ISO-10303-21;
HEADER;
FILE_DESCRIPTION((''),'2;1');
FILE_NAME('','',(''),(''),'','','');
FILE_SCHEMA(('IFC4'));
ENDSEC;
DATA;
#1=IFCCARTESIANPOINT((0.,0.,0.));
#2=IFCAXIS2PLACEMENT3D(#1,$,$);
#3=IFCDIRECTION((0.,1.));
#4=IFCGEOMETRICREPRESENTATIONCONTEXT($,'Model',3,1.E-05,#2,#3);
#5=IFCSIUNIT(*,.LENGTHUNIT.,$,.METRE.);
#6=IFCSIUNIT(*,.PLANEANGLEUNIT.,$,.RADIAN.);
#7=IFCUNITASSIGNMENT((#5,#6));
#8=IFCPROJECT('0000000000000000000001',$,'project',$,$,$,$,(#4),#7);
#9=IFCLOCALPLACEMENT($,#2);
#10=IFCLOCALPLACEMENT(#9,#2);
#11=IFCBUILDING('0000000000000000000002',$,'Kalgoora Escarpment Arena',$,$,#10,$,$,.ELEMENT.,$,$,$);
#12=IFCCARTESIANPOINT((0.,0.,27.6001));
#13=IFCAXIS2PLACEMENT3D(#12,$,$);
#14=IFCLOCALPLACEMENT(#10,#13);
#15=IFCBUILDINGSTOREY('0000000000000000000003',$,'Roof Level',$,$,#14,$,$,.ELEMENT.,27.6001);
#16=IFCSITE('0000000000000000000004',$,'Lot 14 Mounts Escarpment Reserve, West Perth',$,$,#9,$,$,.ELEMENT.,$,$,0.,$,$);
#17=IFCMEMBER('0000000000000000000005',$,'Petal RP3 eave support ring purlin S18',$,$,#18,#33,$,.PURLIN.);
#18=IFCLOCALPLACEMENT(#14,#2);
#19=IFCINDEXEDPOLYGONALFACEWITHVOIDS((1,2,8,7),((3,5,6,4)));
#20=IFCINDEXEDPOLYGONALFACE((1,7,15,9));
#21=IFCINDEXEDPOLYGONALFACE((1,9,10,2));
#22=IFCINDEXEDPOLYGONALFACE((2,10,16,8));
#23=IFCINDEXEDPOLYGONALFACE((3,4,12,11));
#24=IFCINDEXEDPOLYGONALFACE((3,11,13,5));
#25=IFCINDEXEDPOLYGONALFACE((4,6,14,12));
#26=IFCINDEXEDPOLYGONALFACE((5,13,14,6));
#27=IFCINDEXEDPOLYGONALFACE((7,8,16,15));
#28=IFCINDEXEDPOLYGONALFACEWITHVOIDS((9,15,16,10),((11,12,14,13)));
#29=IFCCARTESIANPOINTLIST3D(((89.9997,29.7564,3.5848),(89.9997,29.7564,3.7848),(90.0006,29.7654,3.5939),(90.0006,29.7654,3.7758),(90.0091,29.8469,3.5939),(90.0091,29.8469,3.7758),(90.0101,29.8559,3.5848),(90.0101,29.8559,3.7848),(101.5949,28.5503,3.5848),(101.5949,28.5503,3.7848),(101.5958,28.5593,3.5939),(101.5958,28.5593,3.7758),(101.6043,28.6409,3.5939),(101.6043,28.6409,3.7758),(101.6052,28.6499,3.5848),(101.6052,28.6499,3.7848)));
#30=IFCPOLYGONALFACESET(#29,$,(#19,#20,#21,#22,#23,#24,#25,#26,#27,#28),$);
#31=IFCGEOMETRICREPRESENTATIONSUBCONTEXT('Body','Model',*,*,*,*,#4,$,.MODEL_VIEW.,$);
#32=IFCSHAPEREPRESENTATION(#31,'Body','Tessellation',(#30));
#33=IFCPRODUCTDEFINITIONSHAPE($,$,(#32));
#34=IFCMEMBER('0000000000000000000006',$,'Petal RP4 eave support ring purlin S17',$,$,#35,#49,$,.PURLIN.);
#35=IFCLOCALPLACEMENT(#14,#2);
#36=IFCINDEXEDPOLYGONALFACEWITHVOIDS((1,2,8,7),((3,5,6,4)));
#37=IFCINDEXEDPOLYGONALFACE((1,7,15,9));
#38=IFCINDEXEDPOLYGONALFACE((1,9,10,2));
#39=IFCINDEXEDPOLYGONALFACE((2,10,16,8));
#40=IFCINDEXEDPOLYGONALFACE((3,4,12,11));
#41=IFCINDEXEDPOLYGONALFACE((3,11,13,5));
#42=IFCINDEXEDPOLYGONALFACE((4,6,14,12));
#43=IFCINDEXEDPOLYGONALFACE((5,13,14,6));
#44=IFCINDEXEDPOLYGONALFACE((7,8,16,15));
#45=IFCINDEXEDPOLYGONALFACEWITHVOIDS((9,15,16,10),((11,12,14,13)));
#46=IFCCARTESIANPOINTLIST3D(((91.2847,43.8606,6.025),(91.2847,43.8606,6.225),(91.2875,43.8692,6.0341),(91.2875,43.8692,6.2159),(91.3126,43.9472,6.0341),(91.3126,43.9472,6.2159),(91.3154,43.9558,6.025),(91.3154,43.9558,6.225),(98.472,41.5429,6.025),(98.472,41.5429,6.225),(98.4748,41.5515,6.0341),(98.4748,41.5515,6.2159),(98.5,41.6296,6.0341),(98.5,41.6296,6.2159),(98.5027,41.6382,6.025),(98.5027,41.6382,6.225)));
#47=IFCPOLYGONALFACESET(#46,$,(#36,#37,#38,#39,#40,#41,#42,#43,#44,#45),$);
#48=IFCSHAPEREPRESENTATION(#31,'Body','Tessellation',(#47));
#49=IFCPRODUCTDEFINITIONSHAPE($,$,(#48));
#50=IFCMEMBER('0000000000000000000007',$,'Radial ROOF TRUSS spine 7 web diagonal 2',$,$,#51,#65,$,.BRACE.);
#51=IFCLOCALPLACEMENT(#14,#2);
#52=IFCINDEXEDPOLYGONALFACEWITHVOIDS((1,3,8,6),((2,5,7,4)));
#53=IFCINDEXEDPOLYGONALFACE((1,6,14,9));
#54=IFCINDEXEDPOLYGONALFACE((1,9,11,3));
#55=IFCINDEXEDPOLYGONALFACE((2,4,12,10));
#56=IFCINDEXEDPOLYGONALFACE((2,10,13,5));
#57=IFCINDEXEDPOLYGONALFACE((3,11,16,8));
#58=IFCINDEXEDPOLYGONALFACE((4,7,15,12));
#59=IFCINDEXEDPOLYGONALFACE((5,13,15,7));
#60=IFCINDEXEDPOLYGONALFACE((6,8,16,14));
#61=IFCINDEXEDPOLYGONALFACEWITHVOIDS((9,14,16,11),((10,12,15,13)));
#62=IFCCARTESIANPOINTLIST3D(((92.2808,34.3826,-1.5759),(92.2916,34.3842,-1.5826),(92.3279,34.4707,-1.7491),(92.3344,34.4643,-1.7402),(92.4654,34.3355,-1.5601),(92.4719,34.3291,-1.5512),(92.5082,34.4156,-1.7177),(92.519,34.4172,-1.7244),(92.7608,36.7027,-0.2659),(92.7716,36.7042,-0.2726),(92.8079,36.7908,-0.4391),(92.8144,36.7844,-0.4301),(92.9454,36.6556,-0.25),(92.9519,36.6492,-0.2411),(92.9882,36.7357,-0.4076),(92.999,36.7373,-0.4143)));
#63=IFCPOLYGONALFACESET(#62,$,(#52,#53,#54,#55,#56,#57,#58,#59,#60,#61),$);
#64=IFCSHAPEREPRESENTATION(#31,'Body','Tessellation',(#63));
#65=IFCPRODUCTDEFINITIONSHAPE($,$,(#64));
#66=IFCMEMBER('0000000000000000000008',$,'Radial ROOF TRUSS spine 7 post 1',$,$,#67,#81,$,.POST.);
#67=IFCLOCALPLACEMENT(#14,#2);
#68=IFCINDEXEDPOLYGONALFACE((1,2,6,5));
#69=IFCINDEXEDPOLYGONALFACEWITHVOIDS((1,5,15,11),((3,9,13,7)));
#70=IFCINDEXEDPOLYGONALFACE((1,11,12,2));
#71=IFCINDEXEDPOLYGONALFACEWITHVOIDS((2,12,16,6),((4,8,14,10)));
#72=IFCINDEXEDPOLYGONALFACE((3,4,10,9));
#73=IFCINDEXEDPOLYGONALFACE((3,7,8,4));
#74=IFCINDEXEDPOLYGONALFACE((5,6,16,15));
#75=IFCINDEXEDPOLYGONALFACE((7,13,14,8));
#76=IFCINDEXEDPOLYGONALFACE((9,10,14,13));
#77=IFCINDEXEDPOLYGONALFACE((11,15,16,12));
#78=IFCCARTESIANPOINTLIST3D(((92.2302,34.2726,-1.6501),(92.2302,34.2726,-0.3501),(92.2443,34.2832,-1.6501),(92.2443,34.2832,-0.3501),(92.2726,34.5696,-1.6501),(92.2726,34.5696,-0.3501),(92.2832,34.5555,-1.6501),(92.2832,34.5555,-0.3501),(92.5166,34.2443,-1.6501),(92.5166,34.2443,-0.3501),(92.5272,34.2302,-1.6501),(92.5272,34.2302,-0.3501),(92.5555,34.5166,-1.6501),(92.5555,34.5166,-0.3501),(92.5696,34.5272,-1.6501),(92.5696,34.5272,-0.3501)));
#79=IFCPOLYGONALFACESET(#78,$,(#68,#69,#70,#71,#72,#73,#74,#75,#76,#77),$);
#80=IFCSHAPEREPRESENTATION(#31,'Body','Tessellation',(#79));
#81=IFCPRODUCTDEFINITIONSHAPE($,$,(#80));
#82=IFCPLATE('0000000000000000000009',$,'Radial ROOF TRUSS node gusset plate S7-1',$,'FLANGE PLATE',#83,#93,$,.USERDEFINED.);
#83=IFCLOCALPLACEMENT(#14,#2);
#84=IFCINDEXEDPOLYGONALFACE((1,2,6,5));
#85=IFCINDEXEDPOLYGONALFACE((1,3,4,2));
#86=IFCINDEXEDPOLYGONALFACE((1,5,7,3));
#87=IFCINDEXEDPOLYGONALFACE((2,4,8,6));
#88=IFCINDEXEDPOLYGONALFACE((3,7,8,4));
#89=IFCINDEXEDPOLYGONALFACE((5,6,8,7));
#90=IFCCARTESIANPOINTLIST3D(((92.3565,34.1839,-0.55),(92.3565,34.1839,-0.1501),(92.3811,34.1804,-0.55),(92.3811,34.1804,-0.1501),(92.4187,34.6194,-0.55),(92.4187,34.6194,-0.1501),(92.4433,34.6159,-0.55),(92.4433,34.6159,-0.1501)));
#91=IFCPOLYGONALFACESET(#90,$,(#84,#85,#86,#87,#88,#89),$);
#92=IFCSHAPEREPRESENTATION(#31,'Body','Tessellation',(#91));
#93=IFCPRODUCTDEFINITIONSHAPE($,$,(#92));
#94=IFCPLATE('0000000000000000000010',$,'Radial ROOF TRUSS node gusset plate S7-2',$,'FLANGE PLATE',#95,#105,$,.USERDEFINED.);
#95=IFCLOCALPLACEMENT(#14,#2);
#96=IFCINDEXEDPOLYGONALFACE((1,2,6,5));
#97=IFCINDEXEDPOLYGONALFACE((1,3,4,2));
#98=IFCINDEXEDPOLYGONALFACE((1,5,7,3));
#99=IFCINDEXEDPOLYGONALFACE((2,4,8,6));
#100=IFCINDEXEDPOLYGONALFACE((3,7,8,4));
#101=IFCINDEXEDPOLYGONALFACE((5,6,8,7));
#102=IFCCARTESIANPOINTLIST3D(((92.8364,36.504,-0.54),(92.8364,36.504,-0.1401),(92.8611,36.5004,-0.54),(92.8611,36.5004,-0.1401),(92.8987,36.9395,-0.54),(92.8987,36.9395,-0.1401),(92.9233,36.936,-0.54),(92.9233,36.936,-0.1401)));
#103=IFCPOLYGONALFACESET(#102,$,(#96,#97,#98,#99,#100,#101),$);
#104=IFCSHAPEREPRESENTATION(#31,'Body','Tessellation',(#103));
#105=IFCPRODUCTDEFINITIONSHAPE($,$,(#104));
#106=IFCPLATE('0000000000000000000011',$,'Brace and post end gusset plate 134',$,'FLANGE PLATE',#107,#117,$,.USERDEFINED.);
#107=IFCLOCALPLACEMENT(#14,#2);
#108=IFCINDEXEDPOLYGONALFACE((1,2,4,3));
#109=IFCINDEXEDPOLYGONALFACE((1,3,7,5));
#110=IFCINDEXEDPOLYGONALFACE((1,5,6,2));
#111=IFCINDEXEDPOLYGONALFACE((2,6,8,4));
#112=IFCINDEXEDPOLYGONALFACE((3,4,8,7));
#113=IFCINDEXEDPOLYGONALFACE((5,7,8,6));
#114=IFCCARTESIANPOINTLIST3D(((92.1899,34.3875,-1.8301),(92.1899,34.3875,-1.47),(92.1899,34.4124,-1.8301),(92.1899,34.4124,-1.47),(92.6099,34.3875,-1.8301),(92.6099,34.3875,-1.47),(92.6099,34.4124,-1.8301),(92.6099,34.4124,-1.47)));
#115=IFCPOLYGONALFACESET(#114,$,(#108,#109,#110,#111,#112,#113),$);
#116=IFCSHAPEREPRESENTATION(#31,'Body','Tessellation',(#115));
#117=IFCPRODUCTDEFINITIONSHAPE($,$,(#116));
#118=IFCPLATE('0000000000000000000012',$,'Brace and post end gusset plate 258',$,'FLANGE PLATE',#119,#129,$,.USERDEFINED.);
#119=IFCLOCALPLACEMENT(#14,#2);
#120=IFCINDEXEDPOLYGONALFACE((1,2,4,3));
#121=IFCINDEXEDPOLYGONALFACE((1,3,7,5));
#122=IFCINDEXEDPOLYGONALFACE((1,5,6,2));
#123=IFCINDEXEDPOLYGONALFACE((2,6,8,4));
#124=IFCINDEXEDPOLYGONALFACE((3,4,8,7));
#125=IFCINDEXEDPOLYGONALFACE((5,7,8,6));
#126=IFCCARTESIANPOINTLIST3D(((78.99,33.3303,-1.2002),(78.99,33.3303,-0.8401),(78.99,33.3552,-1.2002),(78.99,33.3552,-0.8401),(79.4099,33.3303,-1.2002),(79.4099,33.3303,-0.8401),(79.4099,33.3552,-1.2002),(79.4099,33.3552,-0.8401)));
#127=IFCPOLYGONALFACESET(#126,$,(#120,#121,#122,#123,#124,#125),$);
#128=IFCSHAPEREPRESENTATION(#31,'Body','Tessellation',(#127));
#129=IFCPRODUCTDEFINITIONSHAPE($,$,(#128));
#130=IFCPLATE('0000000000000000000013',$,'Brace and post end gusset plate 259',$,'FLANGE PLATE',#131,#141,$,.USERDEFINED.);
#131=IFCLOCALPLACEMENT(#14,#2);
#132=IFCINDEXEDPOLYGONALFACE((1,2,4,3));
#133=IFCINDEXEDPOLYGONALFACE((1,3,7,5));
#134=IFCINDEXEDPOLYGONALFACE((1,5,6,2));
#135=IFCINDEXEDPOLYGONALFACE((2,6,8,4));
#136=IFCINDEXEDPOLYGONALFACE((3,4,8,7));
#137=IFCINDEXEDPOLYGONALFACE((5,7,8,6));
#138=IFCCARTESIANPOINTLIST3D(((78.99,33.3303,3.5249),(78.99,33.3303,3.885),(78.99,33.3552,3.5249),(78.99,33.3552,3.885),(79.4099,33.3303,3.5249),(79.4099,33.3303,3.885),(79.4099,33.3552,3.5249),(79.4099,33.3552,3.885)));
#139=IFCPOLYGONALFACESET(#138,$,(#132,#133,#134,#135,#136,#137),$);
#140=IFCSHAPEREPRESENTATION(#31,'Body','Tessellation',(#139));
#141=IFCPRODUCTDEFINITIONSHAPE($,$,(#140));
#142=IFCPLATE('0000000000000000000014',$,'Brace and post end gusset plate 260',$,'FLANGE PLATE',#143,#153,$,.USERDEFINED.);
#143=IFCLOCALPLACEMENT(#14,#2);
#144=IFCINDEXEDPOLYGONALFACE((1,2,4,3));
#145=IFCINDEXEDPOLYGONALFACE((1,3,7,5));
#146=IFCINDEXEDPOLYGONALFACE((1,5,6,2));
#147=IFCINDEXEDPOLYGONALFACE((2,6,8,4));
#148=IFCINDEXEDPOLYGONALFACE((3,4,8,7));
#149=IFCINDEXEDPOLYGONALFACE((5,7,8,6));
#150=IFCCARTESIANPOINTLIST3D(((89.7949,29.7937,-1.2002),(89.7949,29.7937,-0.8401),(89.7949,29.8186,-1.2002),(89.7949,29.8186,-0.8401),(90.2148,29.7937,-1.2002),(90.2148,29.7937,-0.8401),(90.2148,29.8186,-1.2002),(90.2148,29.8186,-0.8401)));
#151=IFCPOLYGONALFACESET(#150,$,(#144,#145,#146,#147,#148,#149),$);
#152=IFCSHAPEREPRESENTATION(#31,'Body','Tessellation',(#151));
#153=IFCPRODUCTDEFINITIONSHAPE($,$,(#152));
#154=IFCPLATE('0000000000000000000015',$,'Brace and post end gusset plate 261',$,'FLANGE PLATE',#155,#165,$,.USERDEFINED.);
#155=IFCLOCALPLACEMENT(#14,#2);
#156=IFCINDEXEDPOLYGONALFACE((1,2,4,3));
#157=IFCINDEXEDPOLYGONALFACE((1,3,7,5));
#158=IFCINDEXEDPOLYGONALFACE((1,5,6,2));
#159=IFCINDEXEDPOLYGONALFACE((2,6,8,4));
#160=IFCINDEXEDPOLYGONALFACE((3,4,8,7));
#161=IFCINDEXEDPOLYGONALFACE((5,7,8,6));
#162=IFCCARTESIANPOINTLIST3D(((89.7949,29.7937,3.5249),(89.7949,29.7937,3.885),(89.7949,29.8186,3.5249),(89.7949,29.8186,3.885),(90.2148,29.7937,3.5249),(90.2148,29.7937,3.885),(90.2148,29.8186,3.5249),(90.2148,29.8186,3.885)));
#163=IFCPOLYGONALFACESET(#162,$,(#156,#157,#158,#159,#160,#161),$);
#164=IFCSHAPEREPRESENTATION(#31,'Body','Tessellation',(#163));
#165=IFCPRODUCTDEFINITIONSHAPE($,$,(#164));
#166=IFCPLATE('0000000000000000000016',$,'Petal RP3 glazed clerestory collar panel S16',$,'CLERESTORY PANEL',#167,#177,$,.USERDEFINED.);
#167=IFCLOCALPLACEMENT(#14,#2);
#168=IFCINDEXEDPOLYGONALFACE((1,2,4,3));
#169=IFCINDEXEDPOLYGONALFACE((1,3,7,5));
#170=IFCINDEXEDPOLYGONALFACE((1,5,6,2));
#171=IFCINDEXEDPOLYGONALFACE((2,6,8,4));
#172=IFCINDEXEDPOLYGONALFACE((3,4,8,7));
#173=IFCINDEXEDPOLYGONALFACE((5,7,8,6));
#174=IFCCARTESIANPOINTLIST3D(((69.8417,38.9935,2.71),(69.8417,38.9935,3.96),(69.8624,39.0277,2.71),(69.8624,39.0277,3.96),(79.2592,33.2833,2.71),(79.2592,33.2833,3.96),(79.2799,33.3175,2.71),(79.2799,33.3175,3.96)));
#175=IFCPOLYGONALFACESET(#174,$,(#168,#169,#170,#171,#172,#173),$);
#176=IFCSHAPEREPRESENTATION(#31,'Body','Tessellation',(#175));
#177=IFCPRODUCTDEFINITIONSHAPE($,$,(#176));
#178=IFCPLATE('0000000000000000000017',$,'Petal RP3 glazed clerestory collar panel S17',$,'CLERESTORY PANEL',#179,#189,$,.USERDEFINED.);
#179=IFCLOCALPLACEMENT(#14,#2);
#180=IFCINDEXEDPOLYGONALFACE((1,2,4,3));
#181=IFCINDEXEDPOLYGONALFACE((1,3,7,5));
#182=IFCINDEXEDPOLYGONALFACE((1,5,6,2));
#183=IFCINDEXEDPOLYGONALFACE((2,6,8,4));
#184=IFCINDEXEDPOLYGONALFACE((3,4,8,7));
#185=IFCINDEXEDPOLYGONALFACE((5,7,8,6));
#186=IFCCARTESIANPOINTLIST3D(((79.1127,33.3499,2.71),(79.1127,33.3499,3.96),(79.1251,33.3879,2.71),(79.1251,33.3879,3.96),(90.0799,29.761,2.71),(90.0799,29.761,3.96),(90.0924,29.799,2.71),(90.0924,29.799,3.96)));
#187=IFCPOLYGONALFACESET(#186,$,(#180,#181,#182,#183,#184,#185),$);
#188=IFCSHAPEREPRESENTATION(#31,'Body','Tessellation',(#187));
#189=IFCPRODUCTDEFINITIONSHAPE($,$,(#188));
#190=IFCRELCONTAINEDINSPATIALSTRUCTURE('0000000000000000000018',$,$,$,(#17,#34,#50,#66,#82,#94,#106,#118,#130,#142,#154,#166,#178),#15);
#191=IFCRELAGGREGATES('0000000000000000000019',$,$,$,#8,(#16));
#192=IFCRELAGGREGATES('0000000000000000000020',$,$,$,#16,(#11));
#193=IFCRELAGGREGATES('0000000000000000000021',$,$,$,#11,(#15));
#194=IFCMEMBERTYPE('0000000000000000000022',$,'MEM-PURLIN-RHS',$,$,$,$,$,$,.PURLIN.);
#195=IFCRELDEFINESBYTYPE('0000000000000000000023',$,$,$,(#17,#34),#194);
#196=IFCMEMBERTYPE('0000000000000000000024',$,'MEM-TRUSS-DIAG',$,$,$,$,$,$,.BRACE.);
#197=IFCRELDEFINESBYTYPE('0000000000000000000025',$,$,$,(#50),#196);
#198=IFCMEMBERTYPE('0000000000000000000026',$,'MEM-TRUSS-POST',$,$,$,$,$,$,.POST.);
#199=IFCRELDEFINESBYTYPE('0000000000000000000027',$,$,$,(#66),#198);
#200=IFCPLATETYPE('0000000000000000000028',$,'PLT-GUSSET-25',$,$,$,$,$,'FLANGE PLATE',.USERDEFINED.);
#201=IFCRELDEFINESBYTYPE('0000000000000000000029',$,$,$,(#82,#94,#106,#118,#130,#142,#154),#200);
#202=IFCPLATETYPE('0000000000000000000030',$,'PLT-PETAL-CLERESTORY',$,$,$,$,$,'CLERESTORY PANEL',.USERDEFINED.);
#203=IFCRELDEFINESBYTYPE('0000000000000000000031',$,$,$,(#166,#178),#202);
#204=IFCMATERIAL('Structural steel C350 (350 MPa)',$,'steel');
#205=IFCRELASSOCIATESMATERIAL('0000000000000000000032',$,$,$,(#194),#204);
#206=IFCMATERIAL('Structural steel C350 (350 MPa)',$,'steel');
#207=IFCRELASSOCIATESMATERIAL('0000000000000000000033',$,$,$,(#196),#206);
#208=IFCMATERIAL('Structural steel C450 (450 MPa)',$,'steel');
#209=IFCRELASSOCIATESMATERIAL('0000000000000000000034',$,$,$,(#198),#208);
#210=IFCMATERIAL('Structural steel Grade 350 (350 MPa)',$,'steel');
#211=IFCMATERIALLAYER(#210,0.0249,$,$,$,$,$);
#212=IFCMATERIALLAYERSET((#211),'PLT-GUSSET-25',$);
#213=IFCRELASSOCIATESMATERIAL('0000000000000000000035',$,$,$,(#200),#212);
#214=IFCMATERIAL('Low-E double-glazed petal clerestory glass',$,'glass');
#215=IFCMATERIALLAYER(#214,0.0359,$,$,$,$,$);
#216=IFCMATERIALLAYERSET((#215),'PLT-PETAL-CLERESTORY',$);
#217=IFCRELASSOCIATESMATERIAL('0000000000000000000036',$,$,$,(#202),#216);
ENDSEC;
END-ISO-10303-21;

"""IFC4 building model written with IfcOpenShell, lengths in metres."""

from ifc_helpers import new_model, si_unit, direction, frame, origin, origin_2d, place, context, subcontext, project, spatial, rectangle, hollow_rectangle, extrude, material, layer, layer_set, material_profile, profile_set, type_object, element, save


model = new_model("IFC4")

# Units and contexts
model_context = context("Model", 3, precision=1e-05, world=origin(), true_north=direction((0.0, 1.0)))
body_context = subcontext(model_context, "Body", "Model", "MODEL_VIEW")
ifc_project = project(units=[si_unit("LENGTHUNIT", "METRE"), si_unit("PLANEANGLEUNIT", "RADIAN")], contexts=[model_context])

# Site, building, storey
site_placement = place(None, origin())
site = spatial("IfcSite", under=ifc_project, at=site_placement, Name="Lot 14 Mounts Escarpment Reserve, West Perth", CompositionType="ELEMENT", RefElevation=0.0)
building_placement = place(site_placement, origin())
building = spatial("IfcBuilding", under=site, at=building_placement, Name="Kalgoora Escarpment Arena", CompositionType="ELEMENT")
storey_placement = place(building_placement, frame((0.0, 0.0, 27.6001)))
storey = spatial("IfcBuildingStorey", under=building, at=storey_placement, Name="Roof Level", CompositionType="ELEMENT", Elevation=27.6001)

# Members
ifc_material_1 = material(Name="Structural steel C350 (350 MPa)", Category="steel")
ifc_material_profile_1 = material_profile(ifc_material_1, hollow_rectangle(XDim=0.1001, YDim=0.2, WallThickness=0.009, at=origin_2d()))
ifc_profile_set_1 = profile_set([ifc_material_profile_1], Name="Structural steel C350 (350 MPa)")
member_type_1 = type_object("IfcMemberType", Name="MEM-PURLIN-RHS", PredefinedType="PURLIN", material=ifc_profile_set_1)
member_1_placement = place(storey_placement, frame((90.0049, 29.8062, 3.6848), z_axis=(0.994634, -0.103455, 0.0), x_axis=(0.103455, 0.994634, 0.0)))
element("IfcMember", 1, at=member_1_placement, inside=storey, type_object=member_type_1, Name="Petal RP3 eave support ring purlin S18", PredefinedType="PURLIN", context=body_context, shape_type="SweptSolid", body=[
    extrude(hollow_rectangle(XDim=0.1001, YDim=0.2, WallThickness=0.009, at=origin_2d()), origin(), (0.0, 0.0, 1.0), 11.6577),
])
member_2_placement = place(storey_placement, frame((91.3, 43.9082, 6.125), z_axis=(0.951741, -0.306902, 0.0), x_axis=(0.306902, 0.951741, 0.0)))
element("IfcMember", 2, at=member_2_placement, inside=storey, type_object=member_type_1, Name="Petal RP4 eave support ring purlin S17", PredefinedType="PURLIN", context=body_context, shape_type="SweptSolid", body=[
    extrude(hollow_rectangle(XDim=0.1001, YDim=0.2, WallThickness=0.009, at=origin_2d()), origin(), (0.0, 0.0, 1.0), 7.5518),
])
ifc_material_2 = material(Name="Structural steel C350 (350 MPa)", Category="steel")
ifc_material_profile_2 = material_profile(ifc_material_2, hollow_rectangle(XDim=0.2, YDim=0.2, WallThickness=0.009, at=origin_2d()))
ifc_profile_set_2 = profile_set([ifc_material_profile_2], Name="Structural steel C350 (350 MPa)")
member_type_2 = type_object("IfcMemberType", Name="MEM-TRUSS-DIAG", PredefinedType="BRACE", material=ifc_profile_set_2)
member_3_placement = place(storey_placement, frame((92.3999, 34.3999, -1.6501), z_axis=(0.177293, 0.856975, 0.483903), x_axis=(-0.235537, -0.440455, 0.866327)))
element("IfcMember", 3, at=member_3_placement, inside=storey, type_object=member_type_2, Name="Radial ROOF TRUSS spine 7 web diagonal 2", PredefinedType="BRACE", context=body_context, shape_type="SweptSolid", body=[
    extrude(hollow_rectangle(XDim=0.2, YDim=0.2, WallThickness=0.009, at=origin_2d()), origin(), (0.0, 0.0, 1.0), 2.7073),
])
ifc_material_3 = material(Name="Structural steel C450 (450 MPa)", Category="steel")
ifc_material_profile_3 = material_profile(ifc_material_3, hollow_rectangle(XDim=0.3, YDim=0.3, WallThickness=0.0125, at=origin_2d()))
ifc_profile_set_3 = profile_set([ifc_material_profile_3], Name="Structural steel C450 (450 MPa)")
member_type_3 = type_object("IfcMemberType", Name="MEM-TRUSS-POST", PredefinedType="POST", material=ifc_profile_set_3)
member_4_placement = place(storey_placement, frame((92.3999, 34.3999, -1.6501), z_axis=(0.0, 0.0, 1.0), x_axis=(0.14142, 0.98995, 0.0)))
element("IfcMember", 4, at=member_4_placement, inside=storey, type_object=member_type_3, Name="Radial ROOF TRUSS spine 7 post 1", PredefinedType="POST", context=body_context, shape_type="SweptSolid", body=[
    extrude(hollow_rectangle(XDim=0.3, YDim=0.3, WallThickness=0.0125, at=origin_2d()), origin(), (0.0, 0.0, 1.0), 1.3),
])

# Plates
ifc_material_4 = material(Name="Structural steel Grade 350 (350 MPa)", Category="steel")
ifc_layer_1 = layer(ifc_material_4, 0.0249)
ifc_layer_set_1 = layer_set([ifc_layer_1], Name="PLT-GUSSET-25")
plate_type_1 = type_object("IfcPlateType", Name="PLT-GUSSET-25", ElementType="FLANGE PLATE", PredefinedType="USERDEFINED", material=ifc_layer_set_1)
for number, where, z_axis, x_axis, name in (
    (5, (92.3999, 34.3999, -0.55), (0.0, 0.0, 1.0), (0.14142, 0.98995, 0.0), "Radial ROOF TRUSS node gusset plate S7-1"),
    (6, (92.8799, 36.72, -0.54), (0.0, 0.0, 1.0), (0.14142, 0.98995, 0.0), "Radial ROOF TRUSS node gusset plate S7-2"),
):
    element("IfcPlate", number, at=place(storey_placement, frame(where, z_axis=z_axis, x_axis=x_axis)), inside=storey, type_object=plate_type_1, Name=name, ObjectType="FLANGE PLATE", PredefinedType="USERDEFINED", context=body_context, shape_type="SweptSolid", body=[
        extrude(rectangle(XDim=0.4399, YDim=0.0249, at=origin_2d()), origin(), (0.0, 0.0, 1.0), 0.3999),
    ])
for number, where, z_axis, x_axis, name in (
    (7, (92.3999, 34.3999, -1.8301), (0.0, 0.0, 1.0), (1.0, 0.0, 0.0), "Brace and post end gusset plate 134"),
    (8, (79.2, 33.3428, -1.2002), (0.0, 0.0, 1.0), (1.0, 0.0, 0.0), "Brace and post end gusset plate 258"),
    (9, (79.2, 33.3428, 3.5249), (0.0, 0.0, 1.0), (1.0, 0.0, 0.0), "Brace and post end gusset plate 259"),
    (10, (90.0049, 29.8062, -1.2002), (0.0, 0.0, 1.0), (1.0, 0.0, 0.0), "Brace and post end gusset plate 260"),
    (11, (90.0049, 29.8062, 3.5249), (0.0, 0.0, 1.0), (1.0, 0.0, 0.0), "Brace and post end gusset plate 261"),
):
    element("IfcPlate", number, at=place(storey_placement, frame(where, z_axis=z_axis, x_axis=x_axis)), inside=storey, type_object=plate_type_1, Name=name, ObjectType="FLANGE PLATE", PredefinedType="USERDEFINED", context=body_context, shape_type="SweptSolid", body=[
        extrude(rectangle(XDim=0.4199, YDim=0.0249, at=origin_2d()), origin(), (0.0, 0.0, 1.0), 0.3601),
    ])
ifc_material_5 = material(Name="Low-E double-glazed petal clerestory glass", Category="glass")
ifc_layer_2 = layer(ifc_material_5, 0.0359)
ifc_layer_set_2 = layer_set([ifc_layer_2], Name="PLT-PETAL-CLERESTORY")
plate_type_2 = type_object("IfcPlateType", Name="PLT-PETAL-CLERESTORY", ElementType="CLERESTORY PANEL", PredefinedType="USERDEFINED", material=ifc_layer_set_2)
plate_1_placement = place(storey_placement, frame((74.5608, 36.1555, 2.71), z_axis=(0.0, 0.0, 1.0), x_axis=(0.855093, -0.518475, 0.0)))
element("IfcPlate", 12, at=plate_1_placement, inside=storey, type_object=plate_type_2, Name="Petal RP3 glazed clerestory collar panel S16", ObjectType="CLERESTORY PANEL", PredefinedType="USERDEFINED", context=body_context, shape_type="SweptSolid", body=[
    extrude(rectangle(XDim=11.0134, YDim=0.04, at=origin_2d()), origin(), (0.0, 0.0, 1.0), 1.25),
])
plate_2_placement = place(storey_placement, frame((84.6025, 31.5745, 2.71), z_axis=(0.0, 0.0, 1.0), x_axis=(0.950407, -0.311008, 0.0)))
element("IfcPlate", 13, at=plate_2_placement, inside=storey, type_object=plate_type_2, Name="Petal RP3 glazed clerestory collar panel S17", ObjectType="CLERESTORY PANEL", PredefinedType="USERDEFINED", context=body_context, shape_type="SweptSolid", body=[
    extrude(rectangle(XDim=11.5396, YDim=0.04, at=origin_2d()), origin(), (0.0, 0.0, 1.0), 1.25),
])

save(model, "model.ifc")
